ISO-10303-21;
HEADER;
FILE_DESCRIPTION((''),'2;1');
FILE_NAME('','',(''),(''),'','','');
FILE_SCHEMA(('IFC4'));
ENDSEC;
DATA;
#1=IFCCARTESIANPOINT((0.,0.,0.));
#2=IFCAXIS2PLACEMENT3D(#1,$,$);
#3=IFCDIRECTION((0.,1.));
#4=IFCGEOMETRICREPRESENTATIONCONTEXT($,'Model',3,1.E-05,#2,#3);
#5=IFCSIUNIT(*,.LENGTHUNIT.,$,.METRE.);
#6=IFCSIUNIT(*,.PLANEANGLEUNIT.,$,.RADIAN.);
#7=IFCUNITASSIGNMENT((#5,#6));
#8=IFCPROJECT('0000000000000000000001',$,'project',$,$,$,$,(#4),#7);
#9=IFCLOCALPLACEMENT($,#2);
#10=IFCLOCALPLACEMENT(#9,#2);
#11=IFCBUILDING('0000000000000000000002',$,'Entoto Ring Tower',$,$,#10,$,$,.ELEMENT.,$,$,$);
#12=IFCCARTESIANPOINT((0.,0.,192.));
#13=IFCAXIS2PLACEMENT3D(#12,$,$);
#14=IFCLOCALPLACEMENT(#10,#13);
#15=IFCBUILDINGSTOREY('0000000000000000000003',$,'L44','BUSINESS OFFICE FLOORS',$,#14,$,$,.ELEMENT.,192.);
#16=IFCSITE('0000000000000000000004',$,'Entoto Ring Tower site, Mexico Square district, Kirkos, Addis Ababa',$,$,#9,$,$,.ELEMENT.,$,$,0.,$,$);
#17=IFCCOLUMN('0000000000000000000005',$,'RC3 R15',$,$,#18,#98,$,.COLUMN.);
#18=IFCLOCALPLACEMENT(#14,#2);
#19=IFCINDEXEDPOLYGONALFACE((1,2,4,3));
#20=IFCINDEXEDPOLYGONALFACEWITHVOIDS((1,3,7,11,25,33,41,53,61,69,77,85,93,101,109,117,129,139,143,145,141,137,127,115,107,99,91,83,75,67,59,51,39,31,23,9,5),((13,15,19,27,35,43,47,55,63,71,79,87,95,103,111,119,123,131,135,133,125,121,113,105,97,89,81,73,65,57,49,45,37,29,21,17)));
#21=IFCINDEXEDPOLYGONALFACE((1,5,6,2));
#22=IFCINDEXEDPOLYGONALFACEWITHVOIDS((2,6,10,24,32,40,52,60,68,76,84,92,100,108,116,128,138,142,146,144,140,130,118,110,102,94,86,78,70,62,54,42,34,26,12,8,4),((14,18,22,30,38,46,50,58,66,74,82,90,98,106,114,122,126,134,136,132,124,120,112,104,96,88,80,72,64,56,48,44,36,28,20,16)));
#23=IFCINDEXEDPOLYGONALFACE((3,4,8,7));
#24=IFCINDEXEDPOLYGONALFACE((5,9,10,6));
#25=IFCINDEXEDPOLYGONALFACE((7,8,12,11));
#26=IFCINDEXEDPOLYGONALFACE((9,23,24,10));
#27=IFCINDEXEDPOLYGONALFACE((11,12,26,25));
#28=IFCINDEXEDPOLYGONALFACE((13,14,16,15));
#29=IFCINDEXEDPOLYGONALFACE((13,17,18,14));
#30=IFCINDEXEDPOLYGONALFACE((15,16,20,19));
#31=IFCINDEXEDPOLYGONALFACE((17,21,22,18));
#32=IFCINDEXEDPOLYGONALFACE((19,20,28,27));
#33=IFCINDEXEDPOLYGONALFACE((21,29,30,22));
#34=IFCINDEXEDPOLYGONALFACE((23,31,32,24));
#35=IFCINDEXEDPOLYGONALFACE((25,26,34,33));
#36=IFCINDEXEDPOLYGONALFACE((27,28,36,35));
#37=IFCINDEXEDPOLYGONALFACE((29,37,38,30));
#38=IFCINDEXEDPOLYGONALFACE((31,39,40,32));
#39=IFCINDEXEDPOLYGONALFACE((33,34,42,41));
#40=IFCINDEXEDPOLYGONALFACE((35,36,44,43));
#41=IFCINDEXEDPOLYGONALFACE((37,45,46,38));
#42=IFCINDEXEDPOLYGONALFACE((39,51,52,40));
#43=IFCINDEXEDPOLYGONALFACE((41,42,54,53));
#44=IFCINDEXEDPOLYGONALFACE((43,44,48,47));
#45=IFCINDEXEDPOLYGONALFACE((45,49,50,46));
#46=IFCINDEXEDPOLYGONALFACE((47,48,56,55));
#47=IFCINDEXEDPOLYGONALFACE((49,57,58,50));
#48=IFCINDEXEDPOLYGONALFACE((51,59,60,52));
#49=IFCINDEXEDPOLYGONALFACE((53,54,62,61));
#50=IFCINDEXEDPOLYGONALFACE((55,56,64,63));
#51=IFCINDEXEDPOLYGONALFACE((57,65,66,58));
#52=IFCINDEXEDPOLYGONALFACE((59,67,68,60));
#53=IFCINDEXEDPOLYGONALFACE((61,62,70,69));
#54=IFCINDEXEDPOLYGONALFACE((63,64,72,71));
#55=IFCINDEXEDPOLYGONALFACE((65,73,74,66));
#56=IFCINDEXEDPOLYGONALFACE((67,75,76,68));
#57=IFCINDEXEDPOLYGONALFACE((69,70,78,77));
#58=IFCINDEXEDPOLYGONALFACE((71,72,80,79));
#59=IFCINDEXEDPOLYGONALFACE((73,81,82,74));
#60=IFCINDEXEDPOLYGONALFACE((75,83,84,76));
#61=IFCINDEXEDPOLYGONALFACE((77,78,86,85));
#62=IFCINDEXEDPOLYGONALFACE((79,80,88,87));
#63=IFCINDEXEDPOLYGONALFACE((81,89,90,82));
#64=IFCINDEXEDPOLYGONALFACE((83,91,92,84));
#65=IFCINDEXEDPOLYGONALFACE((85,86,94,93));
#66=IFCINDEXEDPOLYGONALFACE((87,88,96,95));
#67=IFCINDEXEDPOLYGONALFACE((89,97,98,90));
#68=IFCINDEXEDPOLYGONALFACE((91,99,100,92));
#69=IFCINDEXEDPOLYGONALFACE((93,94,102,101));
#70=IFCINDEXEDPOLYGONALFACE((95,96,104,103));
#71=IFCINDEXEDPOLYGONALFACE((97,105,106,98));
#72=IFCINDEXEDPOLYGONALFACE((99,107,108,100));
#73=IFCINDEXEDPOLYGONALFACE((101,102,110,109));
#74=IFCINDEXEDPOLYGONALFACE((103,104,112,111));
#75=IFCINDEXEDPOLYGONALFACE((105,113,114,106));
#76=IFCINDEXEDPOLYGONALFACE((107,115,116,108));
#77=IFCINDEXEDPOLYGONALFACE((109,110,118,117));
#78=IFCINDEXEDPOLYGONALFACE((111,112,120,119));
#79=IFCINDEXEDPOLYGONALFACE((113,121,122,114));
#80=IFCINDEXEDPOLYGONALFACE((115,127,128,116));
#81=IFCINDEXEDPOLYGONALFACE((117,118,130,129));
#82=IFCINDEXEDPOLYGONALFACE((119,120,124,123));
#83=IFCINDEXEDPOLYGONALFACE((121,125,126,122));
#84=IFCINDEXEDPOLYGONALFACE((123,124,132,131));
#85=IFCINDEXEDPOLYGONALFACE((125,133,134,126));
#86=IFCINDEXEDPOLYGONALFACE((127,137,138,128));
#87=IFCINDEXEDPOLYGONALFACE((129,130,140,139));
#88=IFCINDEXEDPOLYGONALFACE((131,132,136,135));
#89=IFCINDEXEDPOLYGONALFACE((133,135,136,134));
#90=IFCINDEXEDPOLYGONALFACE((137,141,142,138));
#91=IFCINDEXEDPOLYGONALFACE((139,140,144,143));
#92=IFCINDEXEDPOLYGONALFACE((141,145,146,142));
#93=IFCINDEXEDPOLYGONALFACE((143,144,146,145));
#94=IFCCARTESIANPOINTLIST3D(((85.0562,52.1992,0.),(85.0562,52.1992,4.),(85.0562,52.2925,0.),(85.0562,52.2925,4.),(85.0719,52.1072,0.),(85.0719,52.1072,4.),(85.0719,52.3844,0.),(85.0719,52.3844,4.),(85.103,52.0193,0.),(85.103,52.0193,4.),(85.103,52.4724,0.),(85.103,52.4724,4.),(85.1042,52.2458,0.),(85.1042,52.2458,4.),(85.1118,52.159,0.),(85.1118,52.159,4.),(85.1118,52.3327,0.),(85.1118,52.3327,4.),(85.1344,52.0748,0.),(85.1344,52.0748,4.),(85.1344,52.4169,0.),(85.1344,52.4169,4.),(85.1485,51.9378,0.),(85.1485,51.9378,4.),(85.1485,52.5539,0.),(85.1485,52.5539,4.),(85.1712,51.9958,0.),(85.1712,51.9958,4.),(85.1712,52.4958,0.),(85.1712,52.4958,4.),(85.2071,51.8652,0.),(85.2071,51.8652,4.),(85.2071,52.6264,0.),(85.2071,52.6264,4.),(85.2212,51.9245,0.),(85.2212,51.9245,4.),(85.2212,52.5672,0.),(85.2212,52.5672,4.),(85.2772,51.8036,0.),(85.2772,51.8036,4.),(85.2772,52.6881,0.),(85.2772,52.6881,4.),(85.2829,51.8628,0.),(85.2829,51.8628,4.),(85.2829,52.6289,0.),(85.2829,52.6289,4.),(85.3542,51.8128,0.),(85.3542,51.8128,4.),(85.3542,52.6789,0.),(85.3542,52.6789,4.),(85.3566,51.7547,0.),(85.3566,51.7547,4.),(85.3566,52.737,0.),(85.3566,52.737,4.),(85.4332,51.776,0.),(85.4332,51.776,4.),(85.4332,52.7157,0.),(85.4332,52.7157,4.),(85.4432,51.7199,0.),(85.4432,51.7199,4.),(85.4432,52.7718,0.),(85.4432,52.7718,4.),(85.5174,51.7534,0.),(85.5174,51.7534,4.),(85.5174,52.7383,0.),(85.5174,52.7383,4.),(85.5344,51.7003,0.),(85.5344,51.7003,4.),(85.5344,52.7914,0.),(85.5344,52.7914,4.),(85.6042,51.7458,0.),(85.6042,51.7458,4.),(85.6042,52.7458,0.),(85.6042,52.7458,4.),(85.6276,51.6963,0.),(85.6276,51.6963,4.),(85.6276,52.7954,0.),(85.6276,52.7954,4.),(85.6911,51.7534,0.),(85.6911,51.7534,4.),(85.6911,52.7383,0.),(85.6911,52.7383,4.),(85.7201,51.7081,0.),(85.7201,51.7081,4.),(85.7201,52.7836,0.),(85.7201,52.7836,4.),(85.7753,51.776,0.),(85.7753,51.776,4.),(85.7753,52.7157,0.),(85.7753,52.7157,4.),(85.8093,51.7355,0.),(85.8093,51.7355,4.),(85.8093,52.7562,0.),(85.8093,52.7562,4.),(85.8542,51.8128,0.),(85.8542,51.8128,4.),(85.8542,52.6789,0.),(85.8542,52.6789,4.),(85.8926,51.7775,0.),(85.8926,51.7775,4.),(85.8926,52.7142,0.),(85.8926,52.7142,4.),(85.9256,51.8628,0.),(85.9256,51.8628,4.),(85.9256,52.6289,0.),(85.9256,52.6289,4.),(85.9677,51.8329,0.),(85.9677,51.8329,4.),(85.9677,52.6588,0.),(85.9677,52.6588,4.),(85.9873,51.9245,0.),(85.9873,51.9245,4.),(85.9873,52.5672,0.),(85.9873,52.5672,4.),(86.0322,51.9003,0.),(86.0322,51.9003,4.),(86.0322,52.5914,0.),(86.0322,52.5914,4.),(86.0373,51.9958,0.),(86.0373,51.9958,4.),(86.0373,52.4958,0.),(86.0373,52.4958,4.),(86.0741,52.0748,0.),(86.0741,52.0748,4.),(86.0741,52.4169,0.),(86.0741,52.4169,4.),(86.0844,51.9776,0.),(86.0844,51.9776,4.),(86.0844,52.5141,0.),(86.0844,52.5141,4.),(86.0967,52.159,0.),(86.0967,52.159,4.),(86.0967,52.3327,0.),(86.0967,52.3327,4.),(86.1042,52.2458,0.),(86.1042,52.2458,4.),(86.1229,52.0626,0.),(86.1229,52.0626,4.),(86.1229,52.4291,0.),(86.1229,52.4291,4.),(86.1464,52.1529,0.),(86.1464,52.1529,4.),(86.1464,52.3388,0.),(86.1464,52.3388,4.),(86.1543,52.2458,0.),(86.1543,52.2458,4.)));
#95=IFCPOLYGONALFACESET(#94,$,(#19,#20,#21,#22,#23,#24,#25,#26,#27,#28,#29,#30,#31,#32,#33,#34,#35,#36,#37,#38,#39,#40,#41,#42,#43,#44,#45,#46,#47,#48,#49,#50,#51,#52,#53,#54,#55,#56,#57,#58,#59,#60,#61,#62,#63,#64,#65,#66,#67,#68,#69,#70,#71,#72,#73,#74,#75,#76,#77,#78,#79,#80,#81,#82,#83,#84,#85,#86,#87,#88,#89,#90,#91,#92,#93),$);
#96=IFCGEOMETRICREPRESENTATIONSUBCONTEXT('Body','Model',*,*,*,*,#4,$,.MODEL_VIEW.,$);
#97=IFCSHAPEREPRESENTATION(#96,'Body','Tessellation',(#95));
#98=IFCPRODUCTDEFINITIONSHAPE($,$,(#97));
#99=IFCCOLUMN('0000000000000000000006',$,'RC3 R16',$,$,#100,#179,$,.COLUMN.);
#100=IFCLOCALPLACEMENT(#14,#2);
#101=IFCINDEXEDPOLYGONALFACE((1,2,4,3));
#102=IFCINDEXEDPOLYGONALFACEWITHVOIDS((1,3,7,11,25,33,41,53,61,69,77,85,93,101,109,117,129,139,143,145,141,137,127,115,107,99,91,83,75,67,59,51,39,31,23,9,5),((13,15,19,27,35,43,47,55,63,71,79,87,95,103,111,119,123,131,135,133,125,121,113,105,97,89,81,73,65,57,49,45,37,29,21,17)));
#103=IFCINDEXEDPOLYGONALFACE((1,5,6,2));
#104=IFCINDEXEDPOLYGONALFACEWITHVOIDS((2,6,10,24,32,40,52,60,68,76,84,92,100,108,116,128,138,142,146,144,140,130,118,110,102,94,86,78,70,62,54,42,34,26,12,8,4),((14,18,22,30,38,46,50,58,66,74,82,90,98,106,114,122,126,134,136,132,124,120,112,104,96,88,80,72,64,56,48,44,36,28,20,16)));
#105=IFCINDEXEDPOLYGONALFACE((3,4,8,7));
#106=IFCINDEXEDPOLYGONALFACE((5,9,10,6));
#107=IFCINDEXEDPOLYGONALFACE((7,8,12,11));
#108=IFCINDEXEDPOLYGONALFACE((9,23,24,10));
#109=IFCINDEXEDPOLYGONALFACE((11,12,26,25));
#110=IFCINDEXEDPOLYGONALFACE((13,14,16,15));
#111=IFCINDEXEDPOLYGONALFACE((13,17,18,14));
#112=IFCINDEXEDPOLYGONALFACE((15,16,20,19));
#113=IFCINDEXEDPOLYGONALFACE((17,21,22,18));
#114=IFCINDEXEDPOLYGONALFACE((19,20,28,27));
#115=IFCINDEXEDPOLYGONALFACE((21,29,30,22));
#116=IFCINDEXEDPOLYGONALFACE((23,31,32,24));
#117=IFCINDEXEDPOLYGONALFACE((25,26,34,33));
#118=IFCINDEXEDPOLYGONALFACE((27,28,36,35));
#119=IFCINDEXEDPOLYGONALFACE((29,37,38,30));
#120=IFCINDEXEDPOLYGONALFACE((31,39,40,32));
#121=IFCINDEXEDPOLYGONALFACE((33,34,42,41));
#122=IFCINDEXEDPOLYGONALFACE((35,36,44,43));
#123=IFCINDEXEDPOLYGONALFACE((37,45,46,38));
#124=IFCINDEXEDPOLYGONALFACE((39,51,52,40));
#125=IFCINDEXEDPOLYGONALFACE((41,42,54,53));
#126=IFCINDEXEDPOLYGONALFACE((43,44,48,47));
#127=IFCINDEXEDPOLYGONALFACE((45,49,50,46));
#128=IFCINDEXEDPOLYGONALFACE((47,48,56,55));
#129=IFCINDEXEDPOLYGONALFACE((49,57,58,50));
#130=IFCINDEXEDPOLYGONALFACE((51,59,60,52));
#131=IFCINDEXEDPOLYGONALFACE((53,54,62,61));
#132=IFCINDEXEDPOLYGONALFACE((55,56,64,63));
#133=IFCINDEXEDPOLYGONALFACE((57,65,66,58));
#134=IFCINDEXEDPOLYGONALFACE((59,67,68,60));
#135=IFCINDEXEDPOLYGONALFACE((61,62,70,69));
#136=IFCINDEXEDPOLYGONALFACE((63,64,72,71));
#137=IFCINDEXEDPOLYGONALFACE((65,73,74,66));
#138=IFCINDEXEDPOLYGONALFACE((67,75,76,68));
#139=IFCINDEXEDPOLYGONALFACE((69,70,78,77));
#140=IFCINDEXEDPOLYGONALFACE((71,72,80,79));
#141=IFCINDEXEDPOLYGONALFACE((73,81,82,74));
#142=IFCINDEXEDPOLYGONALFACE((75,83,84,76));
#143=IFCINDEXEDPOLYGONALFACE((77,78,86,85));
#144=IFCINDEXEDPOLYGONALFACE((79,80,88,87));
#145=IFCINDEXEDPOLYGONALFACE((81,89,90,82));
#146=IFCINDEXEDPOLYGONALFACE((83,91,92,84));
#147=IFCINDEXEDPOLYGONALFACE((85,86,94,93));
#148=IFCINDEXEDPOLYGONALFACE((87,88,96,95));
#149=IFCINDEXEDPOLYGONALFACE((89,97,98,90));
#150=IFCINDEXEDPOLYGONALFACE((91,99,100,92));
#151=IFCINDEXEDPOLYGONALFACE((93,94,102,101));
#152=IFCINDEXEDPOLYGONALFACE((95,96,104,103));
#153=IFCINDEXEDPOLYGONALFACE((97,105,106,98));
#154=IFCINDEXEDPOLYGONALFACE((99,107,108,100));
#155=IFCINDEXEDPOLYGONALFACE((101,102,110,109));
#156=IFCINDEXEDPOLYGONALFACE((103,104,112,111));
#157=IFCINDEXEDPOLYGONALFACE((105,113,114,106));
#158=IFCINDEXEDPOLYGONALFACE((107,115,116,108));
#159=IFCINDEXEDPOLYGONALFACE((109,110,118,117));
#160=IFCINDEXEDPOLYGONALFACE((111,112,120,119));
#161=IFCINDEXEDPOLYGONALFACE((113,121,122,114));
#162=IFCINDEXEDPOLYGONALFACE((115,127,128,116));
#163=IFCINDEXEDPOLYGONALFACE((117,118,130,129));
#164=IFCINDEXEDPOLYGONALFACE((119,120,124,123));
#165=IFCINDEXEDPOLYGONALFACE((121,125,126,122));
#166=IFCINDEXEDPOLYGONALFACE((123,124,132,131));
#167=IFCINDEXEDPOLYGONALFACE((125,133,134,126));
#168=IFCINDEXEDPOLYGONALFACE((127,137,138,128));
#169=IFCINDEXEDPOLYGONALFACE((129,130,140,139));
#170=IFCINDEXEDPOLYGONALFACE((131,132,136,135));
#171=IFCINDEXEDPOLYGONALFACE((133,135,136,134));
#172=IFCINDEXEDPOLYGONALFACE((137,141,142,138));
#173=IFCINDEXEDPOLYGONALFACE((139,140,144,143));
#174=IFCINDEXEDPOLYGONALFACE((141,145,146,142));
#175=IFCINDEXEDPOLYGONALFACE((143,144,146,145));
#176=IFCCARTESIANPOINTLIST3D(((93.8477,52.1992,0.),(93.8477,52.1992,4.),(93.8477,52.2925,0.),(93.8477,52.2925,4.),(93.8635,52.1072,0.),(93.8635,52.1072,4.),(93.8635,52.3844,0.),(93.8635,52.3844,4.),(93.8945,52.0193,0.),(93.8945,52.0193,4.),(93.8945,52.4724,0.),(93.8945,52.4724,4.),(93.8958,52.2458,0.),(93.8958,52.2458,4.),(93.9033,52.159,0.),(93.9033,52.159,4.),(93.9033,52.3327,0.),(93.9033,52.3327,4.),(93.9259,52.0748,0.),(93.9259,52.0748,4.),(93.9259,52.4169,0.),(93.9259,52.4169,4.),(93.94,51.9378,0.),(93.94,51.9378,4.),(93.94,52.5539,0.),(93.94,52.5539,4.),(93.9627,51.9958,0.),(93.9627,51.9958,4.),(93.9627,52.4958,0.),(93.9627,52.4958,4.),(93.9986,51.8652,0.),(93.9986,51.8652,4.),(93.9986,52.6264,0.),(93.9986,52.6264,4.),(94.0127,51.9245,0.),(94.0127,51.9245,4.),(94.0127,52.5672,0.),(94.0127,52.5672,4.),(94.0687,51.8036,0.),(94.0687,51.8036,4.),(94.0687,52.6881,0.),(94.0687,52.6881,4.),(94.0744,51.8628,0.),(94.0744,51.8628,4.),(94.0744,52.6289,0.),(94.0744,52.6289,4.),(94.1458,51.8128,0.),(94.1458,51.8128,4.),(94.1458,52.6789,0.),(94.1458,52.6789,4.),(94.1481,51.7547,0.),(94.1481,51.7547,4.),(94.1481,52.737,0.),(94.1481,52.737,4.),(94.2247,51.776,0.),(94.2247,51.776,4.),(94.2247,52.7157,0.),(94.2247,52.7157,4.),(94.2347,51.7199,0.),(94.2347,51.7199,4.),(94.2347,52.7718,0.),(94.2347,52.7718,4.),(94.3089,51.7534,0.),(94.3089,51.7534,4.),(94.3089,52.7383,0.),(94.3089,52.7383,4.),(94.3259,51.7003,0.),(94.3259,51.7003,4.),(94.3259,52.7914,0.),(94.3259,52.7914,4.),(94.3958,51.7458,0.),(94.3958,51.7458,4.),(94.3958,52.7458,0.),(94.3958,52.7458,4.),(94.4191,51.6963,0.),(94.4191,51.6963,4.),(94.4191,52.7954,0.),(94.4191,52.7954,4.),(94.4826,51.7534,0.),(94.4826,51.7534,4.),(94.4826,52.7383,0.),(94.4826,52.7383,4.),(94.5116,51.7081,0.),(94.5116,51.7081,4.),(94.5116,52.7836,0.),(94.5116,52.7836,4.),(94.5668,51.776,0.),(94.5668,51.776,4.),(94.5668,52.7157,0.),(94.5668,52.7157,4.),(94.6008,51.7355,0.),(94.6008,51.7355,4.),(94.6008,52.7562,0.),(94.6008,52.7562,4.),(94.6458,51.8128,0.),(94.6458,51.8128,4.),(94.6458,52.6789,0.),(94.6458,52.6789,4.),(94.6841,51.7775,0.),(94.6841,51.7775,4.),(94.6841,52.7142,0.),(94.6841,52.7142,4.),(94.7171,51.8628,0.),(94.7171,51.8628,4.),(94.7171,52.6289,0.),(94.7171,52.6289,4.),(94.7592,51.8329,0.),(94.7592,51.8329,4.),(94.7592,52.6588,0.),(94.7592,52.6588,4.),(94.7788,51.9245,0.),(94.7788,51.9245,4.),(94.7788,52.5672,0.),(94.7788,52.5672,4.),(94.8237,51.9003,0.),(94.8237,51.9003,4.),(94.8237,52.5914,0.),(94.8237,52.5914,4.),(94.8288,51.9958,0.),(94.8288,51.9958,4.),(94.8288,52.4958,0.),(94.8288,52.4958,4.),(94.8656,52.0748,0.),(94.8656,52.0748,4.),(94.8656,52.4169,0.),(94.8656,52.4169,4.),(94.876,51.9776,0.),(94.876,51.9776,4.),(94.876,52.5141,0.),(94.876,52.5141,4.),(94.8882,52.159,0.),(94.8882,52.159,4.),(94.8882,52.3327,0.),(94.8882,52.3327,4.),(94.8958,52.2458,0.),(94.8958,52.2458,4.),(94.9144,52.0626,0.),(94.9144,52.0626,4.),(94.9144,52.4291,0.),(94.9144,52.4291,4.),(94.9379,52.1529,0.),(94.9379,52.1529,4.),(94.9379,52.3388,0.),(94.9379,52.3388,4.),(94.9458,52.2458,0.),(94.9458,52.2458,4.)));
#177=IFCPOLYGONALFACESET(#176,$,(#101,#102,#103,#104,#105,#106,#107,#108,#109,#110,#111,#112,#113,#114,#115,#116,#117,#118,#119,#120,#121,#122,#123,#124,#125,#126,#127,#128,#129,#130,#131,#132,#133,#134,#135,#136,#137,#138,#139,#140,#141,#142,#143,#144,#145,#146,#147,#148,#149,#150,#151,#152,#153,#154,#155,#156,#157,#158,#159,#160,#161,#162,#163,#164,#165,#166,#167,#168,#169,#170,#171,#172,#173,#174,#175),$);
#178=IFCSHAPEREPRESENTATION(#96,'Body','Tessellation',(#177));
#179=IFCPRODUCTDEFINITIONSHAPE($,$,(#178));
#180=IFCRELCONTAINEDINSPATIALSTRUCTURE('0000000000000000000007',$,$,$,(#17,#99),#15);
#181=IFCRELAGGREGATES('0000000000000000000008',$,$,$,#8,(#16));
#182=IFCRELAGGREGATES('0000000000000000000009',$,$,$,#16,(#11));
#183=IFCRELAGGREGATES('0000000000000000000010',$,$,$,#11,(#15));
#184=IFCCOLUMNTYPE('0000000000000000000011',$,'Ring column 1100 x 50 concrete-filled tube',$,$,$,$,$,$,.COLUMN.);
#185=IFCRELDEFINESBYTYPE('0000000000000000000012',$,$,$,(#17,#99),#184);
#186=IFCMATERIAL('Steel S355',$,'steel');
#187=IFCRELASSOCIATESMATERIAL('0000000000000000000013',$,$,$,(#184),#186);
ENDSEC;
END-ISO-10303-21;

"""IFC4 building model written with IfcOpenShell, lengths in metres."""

from ifc_helpers import new_model, si_unit, direction, frame, origin, origin_2d, place, context, subcontext, project, spatial, circle, hollow_circle, extrude, material, material_profile, profile_set, type_object, element, save


model = new_model("IFC4")

# Units and contexts
model_context = context("Model", 3, precision=1e-05, world=origin(), true_north=direction((0.0, 1.0)))
body_context = subcontext(model_context, "Body", "Model", "MODEL_VIEW")
ifc_project = project(units=[si_unit("LENGTHUNIT", "METRE"), si_unit("PLANEANGLEUNIT", "RADIAN")], contexts=[model_context])

# Site, building, storey
site_placement = place(None, origin())
site = spatial("IfcSite", under=ifc_project, at=site_placement, Name="Entoto Ring Tower site, Mexico Square district, Kirkos, Addis Ababa", CompositionType="ELEMENT", RefElevation=0.0)
building_placement = place(site_placement, origin())
building = spatial("IfcBuilding", under=site, at=building_placement, Name="Entoto Ring Tower", CompositionType="ELEMENT")
storey_placement = place(building_placement, frame((0.0, 0.0, 192.0)))
storey = spatial("IfcBuildingStorey", under=building, at=storey_placement, Name="L44", Description="BUSINESS OFFICE FLOORS", CompositionType="ELEMENT", Elevation=192.0)

# Columns
ifc_material_1 = material(Name="Steel S355", Category="steel")
ifc_material_profile_1 = material_profile(ifc_material_1, hollow_circle(Radius=0.55, WallThickness=0.05, at=origin_2d()), Name="CHS 1100 x 50")
ifc_material_2 = material(Name="Concrete C60/75", Category="concrete")
ifc_material_profile_2 = material_profile(ifc_material_2, circle(Radius=0.5, at=origin_2d()), Name="Concrete C60/75 infill")
ifc_profile_set_1 = profile_set([ifc_material_profile_1, ifc_material_profile_2], Name="Steel S355")
column_type = type_object("IfcColumnType", Name="Ring column 1100 x 50 concrete-filled tube", PredefinedType="COLUMN", material=ifc_profile_set_1)
for number, where, z_axis, x_axis, name in (
    (1, (85.6042, 52.2458, 0.0), (0.0, 0.0, 1.0), (1.0, 0.0, 0.0), "RC3 R15"),
    (2, (94.3958, 52.2458, 0.0), (0.0, 0.0, 1.0), (1.0, 0.0, 0.0), "RC3 R16"),
):
    element("IfcColumn", number, at=place(storey_placement, frame(where, z_axis=z_axis, x_axis=x_axis)), inside=storey, type_object=column_type, Name=name, PredefinedType="COLUMN", context=body_context, shape_type="SweptSolid", body=[
        extrude(hollow_circle(Radius=0.55, WallThickness=0.05, at=origin_2d()), origin(), (0.0, 0.0, 1.0), 4.0),
    ])

save(model, "model.ifc")
